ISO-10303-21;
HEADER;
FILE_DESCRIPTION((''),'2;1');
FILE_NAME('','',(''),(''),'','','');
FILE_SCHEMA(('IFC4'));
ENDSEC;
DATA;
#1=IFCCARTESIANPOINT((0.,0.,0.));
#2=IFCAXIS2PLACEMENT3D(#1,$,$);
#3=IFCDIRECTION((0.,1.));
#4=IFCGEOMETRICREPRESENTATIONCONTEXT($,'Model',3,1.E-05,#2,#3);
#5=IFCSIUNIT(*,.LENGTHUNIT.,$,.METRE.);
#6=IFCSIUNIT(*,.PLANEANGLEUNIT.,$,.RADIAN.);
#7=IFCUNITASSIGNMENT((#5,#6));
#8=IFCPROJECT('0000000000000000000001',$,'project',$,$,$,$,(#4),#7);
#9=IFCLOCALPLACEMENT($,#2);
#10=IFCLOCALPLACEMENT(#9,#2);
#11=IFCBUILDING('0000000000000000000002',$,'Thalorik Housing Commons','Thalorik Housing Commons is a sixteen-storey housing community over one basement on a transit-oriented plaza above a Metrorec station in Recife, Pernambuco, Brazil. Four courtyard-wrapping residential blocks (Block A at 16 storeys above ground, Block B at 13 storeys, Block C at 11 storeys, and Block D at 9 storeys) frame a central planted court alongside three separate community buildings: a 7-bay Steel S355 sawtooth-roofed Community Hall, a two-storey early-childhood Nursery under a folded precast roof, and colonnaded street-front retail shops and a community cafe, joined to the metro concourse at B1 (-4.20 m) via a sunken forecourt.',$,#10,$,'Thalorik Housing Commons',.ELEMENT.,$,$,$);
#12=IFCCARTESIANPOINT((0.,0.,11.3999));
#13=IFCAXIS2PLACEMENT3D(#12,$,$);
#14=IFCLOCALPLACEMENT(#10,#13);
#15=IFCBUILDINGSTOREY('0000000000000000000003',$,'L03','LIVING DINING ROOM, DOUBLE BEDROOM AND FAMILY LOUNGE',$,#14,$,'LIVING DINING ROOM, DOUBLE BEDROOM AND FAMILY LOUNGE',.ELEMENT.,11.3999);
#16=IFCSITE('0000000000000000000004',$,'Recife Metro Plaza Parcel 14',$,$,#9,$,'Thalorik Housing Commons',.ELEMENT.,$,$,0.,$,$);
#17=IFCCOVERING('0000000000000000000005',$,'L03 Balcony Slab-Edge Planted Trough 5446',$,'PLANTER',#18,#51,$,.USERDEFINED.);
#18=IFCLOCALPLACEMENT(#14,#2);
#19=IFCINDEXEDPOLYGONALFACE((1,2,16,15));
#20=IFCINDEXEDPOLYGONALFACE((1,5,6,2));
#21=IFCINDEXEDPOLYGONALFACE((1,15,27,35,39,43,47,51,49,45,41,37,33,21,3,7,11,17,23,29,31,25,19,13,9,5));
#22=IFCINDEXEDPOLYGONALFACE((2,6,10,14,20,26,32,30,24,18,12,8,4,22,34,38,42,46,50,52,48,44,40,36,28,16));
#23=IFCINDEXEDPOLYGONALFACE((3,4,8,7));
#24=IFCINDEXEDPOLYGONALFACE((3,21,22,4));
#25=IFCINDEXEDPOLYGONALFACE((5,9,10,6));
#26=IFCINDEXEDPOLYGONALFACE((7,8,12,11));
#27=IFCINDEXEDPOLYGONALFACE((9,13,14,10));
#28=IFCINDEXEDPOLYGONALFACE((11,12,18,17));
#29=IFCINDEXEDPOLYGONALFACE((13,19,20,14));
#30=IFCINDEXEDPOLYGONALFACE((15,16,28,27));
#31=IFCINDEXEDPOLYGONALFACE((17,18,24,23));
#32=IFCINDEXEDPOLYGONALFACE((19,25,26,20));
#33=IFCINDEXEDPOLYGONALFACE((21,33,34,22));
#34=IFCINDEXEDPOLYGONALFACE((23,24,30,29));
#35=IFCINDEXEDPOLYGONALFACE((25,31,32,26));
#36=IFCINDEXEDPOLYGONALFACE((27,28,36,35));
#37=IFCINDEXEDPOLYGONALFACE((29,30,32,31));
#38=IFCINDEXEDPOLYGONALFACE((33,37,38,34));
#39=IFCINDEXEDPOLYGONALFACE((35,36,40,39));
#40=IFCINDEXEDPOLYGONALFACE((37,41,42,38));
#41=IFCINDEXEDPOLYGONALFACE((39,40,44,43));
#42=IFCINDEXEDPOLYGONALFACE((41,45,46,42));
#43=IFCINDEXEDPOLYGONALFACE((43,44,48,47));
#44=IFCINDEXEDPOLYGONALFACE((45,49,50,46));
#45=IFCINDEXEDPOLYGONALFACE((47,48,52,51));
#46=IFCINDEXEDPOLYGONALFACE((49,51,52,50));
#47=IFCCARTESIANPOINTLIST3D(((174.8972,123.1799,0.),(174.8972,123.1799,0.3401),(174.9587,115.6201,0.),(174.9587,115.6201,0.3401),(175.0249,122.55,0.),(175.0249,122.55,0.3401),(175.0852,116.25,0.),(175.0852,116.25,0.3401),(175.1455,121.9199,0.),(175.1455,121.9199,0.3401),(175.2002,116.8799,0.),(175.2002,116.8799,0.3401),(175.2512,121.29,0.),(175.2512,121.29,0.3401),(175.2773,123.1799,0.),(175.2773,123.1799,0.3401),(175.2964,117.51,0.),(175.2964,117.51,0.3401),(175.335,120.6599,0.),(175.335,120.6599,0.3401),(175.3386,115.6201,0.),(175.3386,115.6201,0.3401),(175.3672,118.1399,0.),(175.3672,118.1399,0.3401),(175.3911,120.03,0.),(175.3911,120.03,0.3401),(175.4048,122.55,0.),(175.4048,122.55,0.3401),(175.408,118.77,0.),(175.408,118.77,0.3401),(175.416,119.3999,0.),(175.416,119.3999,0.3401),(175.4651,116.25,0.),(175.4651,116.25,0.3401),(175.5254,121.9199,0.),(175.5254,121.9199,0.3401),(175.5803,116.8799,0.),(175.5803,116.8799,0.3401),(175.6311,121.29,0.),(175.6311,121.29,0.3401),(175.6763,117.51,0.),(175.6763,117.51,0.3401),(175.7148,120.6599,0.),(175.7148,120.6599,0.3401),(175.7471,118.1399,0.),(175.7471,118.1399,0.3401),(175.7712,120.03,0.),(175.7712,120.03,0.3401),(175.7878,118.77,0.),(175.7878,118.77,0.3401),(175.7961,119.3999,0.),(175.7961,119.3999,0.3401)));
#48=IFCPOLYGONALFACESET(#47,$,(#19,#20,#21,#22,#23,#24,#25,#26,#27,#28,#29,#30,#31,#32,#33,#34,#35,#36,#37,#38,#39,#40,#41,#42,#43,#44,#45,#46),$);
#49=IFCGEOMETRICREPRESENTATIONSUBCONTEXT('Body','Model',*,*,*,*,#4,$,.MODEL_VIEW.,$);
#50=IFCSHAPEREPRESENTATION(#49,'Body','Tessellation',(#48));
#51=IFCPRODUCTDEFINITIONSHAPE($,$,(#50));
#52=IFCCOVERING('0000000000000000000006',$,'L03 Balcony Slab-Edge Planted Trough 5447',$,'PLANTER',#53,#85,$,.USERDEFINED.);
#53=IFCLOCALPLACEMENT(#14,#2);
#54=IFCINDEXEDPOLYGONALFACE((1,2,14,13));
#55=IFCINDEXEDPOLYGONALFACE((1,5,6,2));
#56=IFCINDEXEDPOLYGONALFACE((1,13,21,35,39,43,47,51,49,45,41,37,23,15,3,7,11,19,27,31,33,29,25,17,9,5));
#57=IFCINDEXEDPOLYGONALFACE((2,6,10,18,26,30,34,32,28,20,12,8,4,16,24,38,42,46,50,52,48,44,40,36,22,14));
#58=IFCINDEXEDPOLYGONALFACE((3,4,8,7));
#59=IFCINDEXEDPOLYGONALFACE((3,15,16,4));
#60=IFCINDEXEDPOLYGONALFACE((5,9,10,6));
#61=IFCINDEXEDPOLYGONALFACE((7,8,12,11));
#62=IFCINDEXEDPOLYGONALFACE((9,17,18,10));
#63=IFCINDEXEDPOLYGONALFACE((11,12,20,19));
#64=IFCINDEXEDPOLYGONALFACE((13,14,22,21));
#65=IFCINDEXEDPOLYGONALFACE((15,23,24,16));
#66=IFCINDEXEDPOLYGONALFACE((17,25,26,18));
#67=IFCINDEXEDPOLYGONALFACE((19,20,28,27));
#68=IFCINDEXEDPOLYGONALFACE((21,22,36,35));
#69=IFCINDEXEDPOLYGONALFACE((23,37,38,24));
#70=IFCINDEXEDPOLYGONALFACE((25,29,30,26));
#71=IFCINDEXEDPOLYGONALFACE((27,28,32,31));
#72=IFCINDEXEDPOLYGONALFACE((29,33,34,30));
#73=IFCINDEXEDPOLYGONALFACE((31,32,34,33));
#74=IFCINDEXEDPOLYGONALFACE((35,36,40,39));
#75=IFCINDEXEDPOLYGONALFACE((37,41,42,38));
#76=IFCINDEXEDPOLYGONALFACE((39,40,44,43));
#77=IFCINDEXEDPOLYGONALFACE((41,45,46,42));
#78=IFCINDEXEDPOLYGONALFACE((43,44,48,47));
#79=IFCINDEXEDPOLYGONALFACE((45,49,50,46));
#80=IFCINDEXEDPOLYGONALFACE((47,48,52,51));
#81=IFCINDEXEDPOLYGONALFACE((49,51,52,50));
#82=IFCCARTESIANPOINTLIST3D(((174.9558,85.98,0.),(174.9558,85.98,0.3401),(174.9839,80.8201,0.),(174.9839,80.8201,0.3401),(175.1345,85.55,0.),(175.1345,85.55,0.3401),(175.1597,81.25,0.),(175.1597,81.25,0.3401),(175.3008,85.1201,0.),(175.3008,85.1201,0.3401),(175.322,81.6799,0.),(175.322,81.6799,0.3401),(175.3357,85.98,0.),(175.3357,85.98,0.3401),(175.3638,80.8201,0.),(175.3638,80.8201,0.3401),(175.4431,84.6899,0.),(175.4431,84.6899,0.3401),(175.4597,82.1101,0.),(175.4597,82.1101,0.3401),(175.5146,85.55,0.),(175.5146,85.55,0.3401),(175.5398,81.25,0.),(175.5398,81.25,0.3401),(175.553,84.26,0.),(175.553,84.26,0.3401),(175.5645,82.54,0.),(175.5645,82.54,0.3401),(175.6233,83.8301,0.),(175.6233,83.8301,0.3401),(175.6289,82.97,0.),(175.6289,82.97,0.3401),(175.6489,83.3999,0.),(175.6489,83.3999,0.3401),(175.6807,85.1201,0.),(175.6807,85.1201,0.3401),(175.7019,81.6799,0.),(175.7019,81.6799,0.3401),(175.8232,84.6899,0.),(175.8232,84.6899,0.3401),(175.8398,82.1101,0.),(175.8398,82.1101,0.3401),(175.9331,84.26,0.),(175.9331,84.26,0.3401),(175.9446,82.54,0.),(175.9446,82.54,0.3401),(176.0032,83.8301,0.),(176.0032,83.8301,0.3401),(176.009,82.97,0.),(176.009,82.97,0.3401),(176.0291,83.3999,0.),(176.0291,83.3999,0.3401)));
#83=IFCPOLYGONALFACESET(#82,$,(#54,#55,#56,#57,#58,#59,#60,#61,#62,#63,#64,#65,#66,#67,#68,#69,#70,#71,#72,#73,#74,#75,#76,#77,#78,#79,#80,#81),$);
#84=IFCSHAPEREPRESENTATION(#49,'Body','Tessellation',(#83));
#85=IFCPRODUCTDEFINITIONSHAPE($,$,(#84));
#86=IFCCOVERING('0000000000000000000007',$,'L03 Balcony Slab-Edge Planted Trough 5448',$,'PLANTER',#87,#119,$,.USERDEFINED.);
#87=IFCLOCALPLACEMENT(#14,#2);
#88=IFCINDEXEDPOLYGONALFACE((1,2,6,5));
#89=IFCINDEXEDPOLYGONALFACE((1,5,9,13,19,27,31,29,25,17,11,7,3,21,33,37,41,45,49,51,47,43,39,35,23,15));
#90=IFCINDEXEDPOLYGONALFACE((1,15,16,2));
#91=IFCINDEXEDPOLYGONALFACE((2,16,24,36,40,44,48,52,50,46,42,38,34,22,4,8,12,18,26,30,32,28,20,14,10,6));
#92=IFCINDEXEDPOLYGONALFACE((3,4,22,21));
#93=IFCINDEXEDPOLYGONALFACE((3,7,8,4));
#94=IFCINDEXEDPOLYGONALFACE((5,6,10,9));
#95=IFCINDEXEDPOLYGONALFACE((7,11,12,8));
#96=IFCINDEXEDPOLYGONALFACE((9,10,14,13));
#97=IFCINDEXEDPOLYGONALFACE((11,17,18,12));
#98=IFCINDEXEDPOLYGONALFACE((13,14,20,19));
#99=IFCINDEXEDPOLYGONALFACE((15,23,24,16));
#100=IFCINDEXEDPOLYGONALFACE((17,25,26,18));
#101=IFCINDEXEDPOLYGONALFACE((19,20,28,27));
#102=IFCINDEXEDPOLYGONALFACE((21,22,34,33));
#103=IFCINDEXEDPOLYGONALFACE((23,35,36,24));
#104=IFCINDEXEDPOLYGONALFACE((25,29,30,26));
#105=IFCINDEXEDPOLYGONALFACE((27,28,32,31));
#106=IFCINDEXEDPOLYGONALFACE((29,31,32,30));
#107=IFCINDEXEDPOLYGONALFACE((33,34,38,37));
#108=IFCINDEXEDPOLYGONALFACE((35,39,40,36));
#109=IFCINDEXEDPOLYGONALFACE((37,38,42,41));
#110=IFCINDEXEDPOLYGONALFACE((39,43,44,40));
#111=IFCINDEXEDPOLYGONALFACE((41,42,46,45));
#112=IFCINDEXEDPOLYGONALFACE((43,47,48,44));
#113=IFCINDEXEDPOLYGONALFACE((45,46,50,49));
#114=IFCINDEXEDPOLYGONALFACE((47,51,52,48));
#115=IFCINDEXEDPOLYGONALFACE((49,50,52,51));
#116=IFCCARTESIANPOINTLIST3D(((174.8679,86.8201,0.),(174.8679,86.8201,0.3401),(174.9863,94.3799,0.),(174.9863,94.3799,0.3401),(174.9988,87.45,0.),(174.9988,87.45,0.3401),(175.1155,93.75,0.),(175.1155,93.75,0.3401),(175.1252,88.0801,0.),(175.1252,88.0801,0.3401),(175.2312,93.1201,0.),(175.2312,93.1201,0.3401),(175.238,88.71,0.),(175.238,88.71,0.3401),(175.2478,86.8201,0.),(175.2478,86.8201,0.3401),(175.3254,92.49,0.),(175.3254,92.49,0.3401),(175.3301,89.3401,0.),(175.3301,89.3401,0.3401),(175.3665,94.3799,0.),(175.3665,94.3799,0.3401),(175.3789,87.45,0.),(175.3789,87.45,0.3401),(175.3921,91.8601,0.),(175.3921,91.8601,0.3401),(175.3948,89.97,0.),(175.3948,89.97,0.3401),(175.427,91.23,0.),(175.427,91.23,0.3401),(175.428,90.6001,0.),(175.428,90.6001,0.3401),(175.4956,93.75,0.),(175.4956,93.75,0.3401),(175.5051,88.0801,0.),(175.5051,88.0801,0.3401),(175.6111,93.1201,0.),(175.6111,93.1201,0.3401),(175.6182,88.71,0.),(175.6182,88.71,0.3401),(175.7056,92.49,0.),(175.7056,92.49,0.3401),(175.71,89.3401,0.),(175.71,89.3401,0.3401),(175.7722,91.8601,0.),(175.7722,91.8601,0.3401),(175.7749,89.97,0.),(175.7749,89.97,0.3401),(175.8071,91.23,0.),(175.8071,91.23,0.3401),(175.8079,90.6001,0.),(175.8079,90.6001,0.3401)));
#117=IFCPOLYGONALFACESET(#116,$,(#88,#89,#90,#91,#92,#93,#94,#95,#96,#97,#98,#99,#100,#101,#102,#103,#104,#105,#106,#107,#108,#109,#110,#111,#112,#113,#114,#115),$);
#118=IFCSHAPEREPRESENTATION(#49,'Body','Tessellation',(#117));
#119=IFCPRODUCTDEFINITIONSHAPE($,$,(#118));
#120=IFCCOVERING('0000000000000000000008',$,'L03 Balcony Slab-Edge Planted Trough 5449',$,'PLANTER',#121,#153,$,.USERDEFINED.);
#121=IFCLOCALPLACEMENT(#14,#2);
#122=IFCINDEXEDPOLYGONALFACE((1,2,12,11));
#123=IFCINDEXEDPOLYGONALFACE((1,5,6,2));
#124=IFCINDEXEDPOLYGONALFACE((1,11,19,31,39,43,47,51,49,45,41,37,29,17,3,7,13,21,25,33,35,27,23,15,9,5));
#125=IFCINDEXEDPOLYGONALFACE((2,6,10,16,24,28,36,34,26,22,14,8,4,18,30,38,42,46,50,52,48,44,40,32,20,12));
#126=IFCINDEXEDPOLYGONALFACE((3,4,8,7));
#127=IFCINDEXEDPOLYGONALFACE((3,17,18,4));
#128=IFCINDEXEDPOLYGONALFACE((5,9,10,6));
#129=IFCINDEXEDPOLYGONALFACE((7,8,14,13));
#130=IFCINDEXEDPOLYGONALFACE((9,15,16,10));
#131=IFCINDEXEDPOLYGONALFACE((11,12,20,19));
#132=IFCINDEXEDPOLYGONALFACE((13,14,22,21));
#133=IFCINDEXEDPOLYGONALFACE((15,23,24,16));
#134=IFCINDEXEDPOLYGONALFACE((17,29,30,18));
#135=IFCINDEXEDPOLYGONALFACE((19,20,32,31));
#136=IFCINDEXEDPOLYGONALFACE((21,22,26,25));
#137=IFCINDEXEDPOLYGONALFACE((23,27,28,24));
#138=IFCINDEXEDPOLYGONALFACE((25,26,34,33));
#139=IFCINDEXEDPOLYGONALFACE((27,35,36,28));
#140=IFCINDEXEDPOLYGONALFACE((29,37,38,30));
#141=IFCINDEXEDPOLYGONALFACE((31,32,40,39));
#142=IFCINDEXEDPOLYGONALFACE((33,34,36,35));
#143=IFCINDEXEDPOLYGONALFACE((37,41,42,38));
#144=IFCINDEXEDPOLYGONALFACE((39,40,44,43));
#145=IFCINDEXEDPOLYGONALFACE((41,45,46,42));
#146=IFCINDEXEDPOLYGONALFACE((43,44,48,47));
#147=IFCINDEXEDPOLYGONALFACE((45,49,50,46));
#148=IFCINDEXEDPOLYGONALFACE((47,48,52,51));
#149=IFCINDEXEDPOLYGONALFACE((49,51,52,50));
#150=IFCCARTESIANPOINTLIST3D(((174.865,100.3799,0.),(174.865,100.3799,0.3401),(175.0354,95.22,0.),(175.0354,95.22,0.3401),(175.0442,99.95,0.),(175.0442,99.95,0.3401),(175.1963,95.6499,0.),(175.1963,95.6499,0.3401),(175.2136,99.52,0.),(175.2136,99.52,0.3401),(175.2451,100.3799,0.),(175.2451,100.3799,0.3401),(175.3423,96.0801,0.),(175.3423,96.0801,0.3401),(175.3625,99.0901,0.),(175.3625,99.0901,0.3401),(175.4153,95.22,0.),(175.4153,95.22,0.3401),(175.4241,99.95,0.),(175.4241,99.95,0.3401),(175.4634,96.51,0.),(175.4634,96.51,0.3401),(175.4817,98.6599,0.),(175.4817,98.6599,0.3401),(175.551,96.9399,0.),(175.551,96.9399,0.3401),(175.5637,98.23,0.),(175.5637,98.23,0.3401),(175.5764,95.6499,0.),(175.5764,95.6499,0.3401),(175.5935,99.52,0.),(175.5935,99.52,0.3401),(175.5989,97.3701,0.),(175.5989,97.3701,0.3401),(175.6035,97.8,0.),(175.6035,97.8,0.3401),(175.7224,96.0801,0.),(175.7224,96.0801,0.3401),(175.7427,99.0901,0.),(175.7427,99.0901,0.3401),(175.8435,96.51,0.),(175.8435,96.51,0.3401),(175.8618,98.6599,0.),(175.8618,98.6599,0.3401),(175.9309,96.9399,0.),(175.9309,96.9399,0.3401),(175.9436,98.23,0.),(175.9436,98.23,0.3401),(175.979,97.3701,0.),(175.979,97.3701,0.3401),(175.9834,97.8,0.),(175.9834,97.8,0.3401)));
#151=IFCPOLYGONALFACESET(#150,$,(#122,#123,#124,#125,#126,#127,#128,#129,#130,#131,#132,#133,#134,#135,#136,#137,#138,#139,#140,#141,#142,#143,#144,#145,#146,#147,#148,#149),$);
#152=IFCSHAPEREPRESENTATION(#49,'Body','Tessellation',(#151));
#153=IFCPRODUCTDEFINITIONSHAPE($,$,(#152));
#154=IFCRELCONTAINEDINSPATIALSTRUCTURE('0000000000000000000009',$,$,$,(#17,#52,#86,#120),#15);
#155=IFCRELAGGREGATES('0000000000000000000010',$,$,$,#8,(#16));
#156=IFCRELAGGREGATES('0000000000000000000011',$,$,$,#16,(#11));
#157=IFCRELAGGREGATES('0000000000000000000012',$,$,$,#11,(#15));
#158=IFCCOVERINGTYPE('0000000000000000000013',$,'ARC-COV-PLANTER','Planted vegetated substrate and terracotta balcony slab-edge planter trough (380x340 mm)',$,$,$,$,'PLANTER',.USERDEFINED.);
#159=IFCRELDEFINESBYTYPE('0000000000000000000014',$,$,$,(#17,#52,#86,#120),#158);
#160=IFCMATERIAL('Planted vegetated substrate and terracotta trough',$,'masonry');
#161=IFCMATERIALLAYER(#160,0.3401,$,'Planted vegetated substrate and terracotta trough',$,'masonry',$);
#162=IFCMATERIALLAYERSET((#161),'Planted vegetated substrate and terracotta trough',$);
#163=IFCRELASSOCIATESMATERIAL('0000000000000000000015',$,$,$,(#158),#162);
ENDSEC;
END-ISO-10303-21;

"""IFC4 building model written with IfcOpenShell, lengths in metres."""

from ifc_helpers import new_model, si_unit, direction, frame, origin, place, context, subcontext, project, spatial, polyline, outline, extrude, material, layer, layer_set, type_object, element, save


model = new_model("IFC4")

# Units and contexts
model_context = context("Model", 3, precision=1e-05, world=origin(), true_north=direction((0.0, 1.0)))
body_context = subcontext(model_context, "Body", "Model", "MODEL_VIEW")
ifc_project = project(units=[si_unit("LENGTHUNIT", "METRE"), si_unit("PLANEANGLEUNIT", "RADIAN")], contexts=[model_context])

# Site, building, storey
site_placement = place(None, origin())
site = spatial("IfcSite", under=ifc_project, at=site_placement, Name="Recife Metro Plaza Parcel 14", LongName="Thalorik Housing Commons", CompositionType="ELEMENT", RefElevation=0.0)
building_placement = place(site_placement, origin())
building = spatial("IfcBuilding", under=site, at=building_placement, Name="Thalorik Housing Commons", Description="Thalorik Housing Commons is a sixteen-storey housing community over one basement on a transit-oriented plaza above a Metrorec station in Recife, Pernambuco, Brazil. Four courtyard-wrapping residential blocks (Block A at 16 storeys above ground, Block B at 13 storeys, Block C at 11 storeys, and Block D at 9 storeys) frame a central planted court alongside three separate community buildings: a 7-bay Steel S355 sawtooth-roofed Community Hall, a two-storey early-childhood Nursery under a folded precast roof, and colonnaded street-front retail shops and a community cafe, joined to the metro concourse at B1 (-4.20 m) via a sunken forecourt.", LongName="Thalorik Housing Commons", CompositionType="ELEMENT")
storey_placement = place(building_placement, frame((0.0, 0.0, 11.3999)))
storey = spatial("IfcBuildingStorey", under=building, at=storey_placement, Name="L03", Description="LIVING DINING ROOM, DOUBLE BEDROOM AND FAMILY LOUNGE", LongName="LIVING DINING ROOM, DOUBLE BEDROOM AND FAMILY LOUNGE", CompositionType="ELEMENT", Elevation=11.3999)

# Coverings
ifc_material = material(Name="Planted vegetated substrate and terracotta trough", Category="masonry")
ifc_layer = layer(ifc_material, 0.3401, Name="Planted vegetated substrate and terracotta trough", Category="masonry")
ifc_layer_set = layer_set([ifc_layer], Name="Planted vegetated substrate and terracotta trough")
covering_type = type_object("IfcCoveringType", Name="ARC-COV-PLANTER", Description="Planted vegetated substrate and terracotta balcony slab-edge planter trough (380x340 mm)", ElementType="PLANTER", PredefinedType="USERDEFINED", material=ifc_layer_set)
covering_1_placement = place(storey_placement, origin())
element("IfcCovering", 1, at=covering_1_placement, inside=storey, type_object=covering_type, Name="L03 Balcony Slab-Edge Planted Trough 5446", ObjectType="PLANTER", PredefinedType="USERDEFINED", context=body_context, shape_type="SweptSolid", body=[
    extrude(outline(polyline([(175.3386, 115.6201), (175.4651, 116.25), (175.5803, 116.8799), (175.6763, 117.51), (175.7471, 118.1399), (175.7878, 118.77), (175.7961, 119.3999), (175.7712, 120.03), (175.7148, 120.6599), (175.6311, 121.29), (175.5254, 121.9199), (175.4048, 122.55), (175.2773, 123.1799), (174.8972, 123.1799), (175.0249, 122.55), (175.1455, 121.9199), (175.2512, 121.29), (175.335, 120.6599), (175.3911, 120.03), (175.416, 119.3999), (175.408, 118.77), (175.3672, 118.1399), (175.2964, 117.51), (175.2002, 116.8799), (175.0852, 116.25), (174.9587, 115.6201), (175.3386, 115.6201)])), origin(), (0.0, 0.0, 1.0), 0.3401),
])
covering_2_placement = place(storey_placement, origin())
element("IfcCovering", 2, at=covering_2_placement, inside=storey, type_object=covering_type, Name="L03 Balcony Slab-Edge Planted Trough 5447", ObjectType="PLANTER", PredefinedType="USERDEFINED", context=body_context, shape_type="SweptSolid", body=[
    extrude(outline(polyline([(175.3638, 80.8201), (175.5398, 81.25), (175.7019, 81.6799), (175.8398, 82.1101), (175.9446, 82.54), (176.009, 82.97), (176.0291, 83.3999), (176.0032, 83.8301), (175.9331, 84.26), (175.8232, 84.6899), (175.6807, 85.1201), (175.5146, 85.55), (175.3357, 85.98), (174.9558, 85.98), (175.1345, 85.55), (175.3008, 85.1201), (175.4431, 84.6899), (175.553, 84.26), (175.6233, 83.8301), (175.6489, 83.3999), (175.6289, 82.97), (175.5645, 82.54), (175.4597, 82.1101), (175.322, 81.6799), (175.1597, 81.25), (174.9839, 80.8201), (175.3638, 80.8201)])), origin(), (0.0, 0.0, 1.0), 0.3401),
])
covering_3_placement = place(storey_placement, origin())
element("IfcCovering", 3, at=covering_3_placement, inside=storey, type_object=covering_type, Name="L03 Balcony Slab-Edge Planted Trough 5448", ObjectType="PLANTER", PredefinedType="USERDEFINED", context=body_context, shape_type="SweptSolid", body=[
    extrude(outline(polyline([(175.2478, 86.8201), (175.3789, 87.45), (175.5051, 88.0801), (175.6182, 88.71), (175.71, 89.3401), (175.7749, 89.97), (175.8079, 90.6001), (175.8071, 91.23), (175.7722, 91.8601), (175.7056, 92.49), (175.6111, 93.1201), (175.4956, 93.75), (175.3665, 94.3799), (174.9863, 94.3799), (175.1155, 93.75), (175.2312, 93.1201), (175.3254, 92.49), (175.3921, 91.8601), (175.427, 91.23), (175.428, 90.6001), (175.3948, 89.97), (175.3301, 89.3401), (175.238, 88.71), (175.1252, 88.0801), (174.9988, 87.45), (174.8679, 86.8201), (175.2478, 86.8201)])), origin(), (0.0, 0.0, 1.0), 0.3401),
])
covering_4_placement = place(storey_placement, origin())
element("IfcCovering", 4, at=covering_4_placement, inside=storey, type_object=covering_type, Name="L03 Balcony Slab-Edge Planted Trough 5449", ObjectType="PLANTER", PredefinedType="USERDEFINED", context=body_context, shape_type="SweptSolid", body=[
    extrude(outline(polyline([(175.4153, 95.22), (175.5764, 95.6499), (175.7224, 96.0801), (175.8435, 96.51), (175.9309, 96.9399), (175.979, 97.3701), (175.9834, 97.8), (175.9436, 98.23), (175.8618, 98.6599), (175.7427, 99.0901), (175.5935, 99.52), (175.4241, 99.95), (175.2451, 100.3799), (174.865, 100.3799), (175.0442, 99.95), (175.2136, 99.52), (175.3625, 99.0901), (175.4817, 98.6599), (175.5637, 98.23), (175.6035, 97.8), (175.5989, 97.3701), (175.551, 96.9399), (175.4634, 96.51), (175.3423, 96.0801), (175.1963, 95.6499), (175.0354, 95.22), (175.4153, 95.22)])), origin(), (0.0, 0.0, 1.0), 0.3401),
])

save(model, "model.ifc")
